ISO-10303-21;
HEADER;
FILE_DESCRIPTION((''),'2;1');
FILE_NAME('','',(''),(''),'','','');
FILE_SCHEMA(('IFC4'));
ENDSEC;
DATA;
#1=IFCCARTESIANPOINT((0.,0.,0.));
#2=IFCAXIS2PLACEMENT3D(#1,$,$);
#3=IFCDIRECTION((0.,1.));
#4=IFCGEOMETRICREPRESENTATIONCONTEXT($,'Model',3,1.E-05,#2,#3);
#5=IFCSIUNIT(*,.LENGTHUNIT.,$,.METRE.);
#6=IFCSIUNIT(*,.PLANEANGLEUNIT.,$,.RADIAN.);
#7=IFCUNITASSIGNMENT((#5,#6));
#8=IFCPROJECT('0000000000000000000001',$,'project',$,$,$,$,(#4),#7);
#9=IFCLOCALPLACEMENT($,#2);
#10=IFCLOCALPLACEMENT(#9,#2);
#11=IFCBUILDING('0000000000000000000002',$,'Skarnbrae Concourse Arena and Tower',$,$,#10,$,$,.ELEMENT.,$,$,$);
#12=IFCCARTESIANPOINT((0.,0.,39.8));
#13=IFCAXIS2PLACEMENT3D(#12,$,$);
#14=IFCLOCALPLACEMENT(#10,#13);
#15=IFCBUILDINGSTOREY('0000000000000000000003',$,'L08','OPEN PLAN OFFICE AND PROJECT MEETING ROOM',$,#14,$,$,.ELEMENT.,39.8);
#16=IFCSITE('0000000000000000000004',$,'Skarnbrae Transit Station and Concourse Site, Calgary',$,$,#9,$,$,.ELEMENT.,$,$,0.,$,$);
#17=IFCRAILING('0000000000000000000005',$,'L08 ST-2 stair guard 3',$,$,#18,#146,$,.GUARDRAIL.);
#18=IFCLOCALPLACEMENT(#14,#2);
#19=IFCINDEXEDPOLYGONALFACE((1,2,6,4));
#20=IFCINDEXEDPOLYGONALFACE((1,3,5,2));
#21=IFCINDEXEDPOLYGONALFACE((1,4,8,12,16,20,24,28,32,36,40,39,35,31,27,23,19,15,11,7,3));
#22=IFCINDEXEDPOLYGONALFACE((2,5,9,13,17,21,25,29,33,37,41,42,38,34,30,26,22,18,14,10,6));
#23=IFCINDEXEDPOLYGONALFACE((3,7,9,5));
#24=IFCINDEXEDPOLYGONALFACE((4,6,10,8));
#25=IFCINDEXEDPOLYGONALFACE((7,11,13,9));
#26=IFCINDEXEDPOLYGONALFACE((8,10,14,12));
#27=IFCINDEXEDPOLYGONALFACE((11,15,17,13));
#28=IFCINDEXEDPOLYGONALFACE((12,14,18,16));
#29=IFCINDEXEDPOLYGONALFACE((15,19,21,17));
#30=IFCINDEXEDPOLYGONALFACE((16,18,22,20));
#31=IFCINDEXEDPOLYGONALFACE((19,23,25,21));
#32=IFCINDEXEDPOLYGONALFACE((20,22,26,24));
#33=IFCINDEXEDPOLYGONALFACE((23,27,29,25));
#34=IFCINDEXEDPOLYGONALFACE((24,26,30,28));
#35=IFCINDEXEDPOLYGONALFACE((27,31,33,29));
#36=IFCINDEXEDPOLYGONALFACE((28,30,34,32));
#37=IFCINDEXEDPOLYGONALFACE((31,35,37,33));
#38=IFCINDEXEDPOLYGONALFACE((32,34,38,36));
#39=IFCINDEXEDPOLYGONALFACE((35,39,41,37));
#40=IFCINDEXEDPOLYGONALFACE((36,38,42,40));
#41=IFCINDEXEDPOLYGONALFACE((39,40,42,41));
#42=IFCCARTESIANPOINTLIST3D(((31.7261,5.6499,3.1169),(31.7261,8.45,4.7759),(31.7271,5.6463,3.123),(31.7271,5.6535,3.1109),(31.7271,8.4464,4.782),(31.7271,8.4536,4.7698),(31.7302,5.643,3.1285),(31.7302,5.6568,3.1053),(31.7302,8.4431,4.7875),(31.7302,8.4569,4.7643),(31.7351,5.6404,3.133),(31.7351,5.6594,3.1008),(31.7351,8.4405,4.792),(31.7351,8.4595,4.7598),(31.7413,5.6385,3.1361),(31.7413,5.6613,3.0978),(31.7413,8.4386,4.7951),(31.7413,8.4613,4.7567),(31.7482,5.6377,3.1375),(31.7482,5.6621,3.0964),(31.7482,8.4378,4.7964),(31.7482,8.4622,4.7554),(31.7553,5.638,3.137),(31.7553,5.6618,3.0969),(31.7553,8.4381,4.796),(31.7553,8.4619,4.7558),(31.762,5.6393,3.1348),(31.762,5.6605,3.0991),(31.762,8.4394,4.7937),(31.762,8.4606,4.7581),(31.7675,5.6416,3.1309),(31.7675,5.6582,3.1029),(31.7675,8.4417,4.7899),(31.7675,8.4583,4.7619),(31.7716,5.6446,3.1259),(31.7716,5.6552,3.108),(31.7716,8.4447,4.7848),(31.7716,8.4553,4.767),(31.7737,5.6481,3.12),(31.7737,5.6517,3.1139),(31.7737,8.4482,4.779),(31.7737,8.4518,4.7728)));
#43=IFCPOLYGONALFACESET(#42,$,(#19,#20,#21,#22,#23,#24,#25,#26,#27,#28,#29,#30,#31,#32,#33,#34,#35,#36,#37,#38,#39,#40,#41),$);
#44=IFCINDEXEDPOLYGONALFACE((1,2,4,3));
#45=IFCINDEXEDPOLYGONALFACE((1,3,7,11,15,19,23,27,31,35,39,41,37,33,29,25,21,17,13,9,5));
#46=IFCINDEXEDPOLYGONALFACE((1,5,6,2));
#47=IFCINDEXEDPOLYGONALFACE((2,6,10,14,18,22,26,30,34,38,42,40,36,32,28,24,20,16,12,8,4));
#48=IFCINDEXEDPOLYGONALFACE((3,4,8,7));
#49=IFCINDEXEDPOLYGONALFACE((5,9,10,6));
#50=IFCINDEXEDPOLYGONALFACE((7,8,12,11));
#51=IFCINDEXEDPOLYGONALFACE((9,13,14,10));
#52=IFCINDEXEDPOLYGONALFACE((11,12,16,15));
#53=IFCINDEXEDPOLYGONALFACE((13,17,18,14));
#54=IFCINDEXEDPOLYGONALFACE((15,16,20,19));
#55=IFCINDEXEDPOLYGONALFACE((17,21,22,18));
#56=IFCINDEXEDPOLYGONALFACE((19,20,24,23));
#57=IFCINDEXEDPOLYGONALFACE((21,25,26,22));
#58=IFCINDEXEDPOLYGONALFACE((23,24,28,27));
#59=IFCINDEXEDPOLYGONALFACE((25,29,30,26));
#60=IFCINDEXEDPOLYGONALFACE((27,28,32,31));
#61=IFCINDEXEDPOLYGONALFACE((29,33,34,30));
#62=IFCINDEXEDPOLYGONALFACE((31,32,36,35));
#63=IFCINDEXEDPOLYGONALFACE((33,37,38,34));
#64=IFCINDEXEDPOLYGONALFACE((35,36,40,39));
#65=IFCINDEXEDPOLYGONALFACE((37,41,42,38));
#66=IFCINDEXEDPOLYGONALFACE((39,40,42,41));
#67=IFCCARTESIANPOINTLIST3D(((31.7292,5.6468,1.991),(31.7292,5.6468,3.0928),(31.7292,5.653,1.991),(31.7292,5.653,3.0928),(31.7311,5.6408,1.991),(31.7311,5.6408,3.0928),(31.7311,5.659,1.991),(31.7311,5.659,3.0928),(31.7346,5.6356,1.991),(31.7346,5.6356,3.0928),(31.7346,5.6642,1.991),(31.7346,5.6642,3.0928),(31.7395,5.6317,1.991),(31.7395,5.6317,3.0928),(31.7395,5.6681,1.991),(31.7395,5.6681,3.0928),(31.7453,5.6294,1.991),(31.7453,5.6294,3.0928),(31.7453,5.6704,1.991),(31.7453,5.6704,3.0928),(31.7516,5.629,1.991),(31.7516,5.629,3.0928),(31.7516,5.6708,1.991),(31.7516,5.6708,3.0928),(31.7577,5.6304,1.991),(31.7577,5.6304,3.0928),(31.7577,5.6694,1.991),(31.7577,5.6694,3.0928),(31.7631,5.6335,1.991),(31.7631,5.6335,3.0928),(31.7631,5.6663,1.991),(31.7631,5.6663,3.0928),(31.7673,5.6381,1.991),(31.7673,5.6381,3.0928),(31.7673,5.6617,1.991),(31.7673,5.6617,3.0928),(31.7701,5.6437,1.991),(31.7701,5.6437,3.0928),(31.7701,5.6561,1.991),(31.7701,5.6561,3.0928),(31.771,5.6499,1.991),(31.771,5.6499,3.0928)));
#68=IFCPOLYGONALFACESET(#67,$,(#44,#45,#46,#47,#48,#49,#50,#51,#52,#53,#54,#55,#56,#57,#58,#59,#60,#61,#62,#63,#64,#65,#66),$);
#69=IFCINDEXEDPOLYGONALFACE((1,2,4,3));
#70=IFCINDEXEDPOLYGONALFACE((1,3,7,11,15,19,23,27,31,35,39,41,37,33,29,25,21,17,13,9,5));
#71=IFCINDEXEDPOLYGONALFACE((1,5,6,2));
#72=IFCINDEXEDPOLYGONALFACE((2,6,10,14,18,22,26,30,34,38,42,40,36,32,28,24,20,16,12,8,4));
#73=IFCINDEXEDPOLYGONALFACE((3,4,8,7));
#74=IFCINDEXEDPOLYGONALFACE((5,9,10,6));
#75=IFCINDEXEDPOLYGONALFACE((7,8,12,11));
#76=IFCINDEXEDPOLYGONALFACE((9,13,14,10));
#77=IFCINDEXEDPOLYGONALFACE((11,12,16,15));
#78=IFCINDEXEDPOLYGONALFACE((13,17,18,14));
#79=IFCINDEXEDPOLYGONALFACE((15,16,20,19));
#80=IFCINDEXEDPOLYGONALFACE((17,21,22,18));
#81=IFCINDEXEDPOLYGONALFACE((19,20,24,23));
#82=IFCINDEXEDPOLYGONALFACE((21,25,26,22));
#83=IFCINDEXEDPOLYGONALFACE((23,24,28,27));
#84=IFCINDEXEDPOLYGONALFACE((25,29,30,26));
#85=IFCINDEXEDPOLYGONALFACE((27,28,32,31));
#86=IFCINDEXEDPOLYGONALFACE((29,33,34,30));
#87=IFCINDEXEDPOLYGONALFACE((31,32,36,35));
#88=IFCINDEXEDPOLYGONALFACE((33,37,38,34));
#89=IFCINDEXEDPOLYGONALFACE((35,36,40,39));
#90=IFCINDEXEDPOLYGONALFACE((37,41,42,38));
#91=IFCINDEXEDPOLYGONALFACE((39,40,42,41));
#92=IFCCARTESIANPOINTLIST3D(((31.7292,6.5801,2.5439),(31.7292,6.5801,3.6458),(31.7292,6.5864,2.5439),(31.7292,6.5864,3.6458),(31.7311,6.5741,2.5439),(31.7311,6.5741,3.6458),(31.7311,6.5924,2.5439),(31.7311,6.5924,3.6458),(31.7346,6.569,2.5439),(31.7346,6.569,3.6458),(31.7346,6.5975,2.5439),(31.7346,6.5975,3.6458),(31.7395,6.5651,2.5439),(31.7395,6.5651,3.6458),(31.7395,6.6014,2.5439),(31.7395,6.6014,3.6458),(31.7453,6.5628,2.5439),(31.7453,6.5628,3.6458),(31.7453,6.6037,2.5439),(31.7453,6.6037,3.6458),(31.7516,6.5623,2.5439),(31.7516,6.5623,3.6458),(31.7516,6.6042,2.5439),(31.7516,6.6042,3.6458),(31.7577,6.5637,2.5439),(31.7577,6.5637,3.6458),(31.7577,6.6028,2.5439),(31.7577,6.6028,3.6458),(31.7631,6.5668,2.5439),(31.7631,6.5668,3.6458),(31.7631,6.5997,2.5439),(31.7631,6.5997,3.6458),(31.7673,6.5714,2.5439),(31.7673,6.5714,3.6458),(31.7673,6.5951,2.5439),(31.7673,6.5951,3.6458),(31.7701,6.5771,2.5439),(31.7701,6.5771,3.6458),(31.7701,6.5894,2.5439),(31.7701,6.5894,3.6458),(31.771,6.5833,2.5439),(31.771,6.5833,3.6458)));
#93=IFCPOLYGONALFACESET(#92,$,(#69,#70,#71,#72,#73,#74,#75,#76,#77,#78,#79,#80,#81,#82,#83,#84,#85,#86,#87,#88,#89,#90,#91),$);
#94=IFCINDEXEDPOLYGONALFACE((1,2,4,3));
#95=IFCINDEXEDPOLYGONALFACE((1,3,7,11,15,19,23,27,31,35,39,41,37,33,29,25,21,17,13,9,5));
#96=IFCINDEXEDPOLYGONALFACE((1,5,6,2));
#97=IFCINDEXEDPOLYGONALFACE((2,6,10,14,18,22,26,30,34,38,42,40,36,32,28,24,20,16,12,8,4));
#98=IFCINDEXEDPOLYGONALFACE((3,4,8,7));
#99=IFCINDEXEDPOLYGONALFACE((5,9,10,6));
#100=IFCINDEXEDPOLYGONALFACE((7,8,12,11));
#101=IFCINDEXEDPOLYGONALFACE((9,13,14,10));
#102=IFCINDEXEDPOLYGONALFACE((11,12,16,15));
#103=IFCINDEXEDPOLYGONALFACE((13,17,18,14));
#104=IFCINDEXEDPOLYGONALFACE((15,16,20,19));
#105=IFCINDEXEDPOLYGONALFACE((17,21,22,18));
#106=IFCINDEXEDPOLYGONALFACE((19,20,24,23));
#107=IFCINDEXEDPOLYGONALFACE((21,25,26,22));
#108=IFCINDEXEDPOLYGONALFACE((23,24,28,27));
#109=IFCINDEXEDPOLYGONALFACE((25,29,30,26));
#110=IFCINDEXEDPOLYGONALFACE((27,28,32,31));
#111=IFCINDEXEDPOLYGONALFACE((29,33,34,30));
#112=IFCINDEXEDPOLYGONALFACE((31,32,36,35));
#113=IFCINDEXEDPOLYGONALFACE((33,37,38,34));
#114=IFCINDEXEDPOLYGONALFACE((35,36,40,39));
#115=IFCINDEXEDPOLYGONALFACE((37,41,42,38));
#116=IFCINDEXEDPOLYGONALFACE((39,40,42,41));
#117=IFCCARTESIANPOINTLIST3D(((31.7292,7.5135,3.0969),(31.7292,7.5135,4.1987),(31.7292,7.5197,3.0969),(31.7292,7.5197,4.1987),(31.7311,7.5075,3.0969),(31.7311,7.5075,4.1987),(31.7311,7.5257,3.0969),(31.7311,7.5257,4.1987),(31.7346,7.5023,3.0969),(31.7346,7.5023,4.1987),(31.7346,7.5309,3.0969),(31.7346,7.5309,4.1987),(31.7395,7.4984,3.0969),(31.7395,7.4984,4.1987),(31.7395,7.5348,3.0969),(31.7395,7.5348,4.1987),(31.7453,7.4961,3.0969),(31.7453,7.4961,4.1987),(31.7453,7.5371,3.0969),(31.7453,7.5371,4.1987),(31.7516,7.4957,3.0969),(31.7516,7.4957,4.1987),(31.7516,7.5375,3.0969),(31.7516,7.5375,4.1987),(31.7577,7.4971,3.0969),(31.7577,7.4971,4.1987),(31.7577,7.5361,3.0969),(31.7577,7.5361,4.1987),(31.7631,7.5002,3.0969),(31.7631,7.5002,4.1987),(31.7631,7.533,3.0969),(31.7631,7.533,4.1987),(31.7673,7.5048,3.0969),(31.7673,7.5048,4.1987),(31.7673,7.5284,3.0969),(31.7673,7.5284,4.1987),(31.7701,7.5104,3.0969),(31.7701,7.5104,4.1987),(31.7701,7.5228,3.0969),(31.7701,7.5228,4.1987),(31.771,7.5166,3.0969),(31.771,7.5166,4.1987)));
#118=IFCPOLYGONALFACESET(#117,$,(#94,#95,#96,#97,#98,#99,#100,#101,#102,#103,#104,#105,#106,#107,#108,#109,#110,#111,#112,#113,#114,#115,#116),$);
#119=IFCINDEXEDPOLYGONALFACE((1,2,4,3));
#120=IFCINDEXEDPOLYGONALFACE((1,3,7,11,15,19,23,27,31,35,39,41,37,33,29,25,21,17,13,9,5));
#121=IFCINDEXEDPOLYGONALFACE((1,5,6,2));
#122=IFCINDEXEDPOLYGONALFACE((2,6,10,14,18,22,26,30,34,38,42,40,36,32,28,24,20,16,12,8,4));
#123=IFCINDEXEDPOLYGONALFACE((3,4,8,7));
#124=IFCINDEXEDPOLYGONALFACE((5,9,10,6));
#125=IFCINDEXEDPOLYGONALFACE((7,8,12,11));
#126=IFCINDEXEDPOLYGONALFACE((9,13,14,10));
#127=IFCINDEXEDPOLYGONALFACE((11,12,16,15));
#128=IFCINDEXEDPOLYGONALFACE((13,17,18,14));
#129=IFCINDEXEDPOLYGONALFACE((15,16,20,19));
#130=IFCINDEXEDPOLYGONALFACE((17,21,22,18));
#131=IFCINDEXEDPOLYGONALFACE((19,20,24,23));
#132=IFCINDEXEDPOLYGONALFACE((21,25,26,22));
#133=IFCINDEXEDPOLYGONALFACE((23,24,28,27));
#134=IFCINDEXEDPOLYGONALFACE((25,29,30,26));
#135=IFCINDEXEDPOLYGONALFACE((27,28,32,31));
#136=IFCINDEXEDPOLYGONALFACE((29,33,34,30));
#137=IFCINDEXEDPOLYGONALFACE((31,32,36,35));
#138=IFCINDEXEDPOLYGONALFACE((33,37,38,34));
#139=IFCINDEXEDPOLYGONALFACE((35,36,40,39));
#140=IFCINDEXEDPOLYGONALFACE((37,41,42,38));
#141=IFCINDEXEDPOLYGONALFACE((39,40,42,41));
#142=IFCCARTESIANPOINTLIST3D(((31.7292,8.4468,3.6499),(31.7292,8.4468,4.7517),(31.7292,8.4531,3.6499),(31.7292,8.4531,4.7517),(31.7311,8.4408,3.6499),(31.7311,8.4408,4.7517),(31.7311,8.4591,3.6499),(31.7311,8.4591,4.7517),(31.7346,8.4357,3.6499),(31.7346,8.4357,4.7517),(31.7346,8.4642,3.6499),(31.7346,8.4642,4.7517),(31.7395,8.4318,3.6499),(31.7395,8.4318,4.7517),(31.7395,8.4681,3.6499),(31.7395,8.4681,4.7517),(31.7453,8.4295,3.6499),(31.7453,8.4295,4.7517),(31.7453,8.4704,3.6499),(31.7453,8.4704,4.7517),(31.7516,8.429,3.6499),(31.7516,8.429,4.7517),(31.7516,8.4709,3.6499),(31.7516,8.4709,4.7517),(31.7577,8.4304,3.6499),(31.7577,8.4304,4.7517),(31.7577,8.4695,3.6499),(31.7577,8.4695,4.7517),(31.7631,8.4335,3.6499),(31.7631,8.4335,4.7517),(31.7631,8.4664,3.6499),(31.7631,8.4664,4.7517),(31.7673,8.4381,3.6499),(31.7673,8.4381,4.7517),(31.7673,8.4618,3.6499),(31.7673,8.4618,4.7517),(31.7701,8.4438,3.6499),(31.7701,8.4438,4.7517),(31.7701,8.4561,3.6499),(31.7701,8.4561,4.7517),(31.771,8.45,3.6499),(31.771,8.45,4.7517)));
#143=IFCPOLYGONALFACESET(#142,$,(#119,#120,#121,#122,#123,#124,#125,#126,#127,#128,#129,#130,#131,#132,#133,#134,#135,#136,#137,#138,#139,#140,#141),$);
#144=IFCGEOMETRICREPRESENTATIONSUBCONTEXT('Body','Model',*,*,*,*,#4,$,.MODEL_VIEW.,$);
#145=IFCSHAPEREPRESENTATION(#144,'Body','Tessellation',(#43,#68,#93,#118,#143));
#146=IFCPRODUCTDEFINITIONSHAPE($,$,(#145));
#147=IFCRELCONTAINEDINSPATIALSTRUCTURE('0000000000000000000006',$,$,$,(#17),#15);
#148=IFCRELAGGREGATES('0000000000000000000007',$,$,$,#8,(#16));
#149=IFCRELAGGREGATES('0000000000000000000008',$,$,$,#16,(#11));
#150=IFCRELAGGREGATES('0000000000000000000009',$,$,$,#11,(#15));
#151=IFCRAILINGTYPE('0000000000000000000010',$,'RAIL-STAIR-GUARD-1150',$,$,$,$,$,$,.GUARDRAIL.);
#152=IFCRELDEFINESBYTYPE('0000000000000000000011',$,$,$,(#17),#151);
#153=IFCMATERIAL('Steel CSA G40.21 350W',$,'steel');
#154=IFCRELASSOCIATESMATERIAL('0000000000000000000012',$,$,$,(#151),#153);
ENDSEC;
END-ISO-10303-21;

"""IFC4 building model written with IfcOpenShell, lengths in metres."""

from ifc_helpers import new_model, si_unit, direction, frame, origin, origin_2d, place, context, subcontext, project, spatial, circle, extrude, material, type_object, element, save


model = new_model("IFC4")

# Units and contexts
model_context = context("Model", 3, precision=1e-05, world=origin(), true_north=direction((0.0, 1.0)))
body_context = subcontext(model_context, "Body", "Model", "MODEL_VIEW")
ifc_project = project(units=[si_unit("LENGTHUNIT", "METRE"), si_unit("PLANEANGLEUNIT", "RADIAN")], contexts=[model_context])

# Site, building, storey
site_placement = place(None, origin())
site = spatial("IfcSite", under=ifc_project, at=site_placement, Name="Skarnbrae Transit Station and Concourse Site, Calgary", CompositionType="ELEMENT", RefElevation=0.0)
building_placement = place(site_placement, origin())
building = spatial("IfcBuilding", under=site, at=building_placement, Name="Skarnbrae Concourse Arena and Tower", CompositionType="ELEMENT")
storey_placement = place(building_placement, frame((0.0, 0.0, 39.8)))
storey = spatial("IfcBuildingStorey", under=building, at=storey_placement, Name="L08", Description="OPEN PLAN OFFICE AND PROJECT MEETING ROOM", CompositionType="ELEMENT", Elevation=39.8)

# Shared definitions
ifc_material_1 = material(Name="Steel CSA G40.21 350W", Category="steel")

# Railing
railing_type_1 = type_object("IfcRailingType", Name="RAIL-STAIR-GUARD-1150", PredefinedType="GUARDRAIL", material=ifc_material_1)
railing_1_placement = place(storey_placement, frame((31.75, 5.6499, 1.991)))
element("IfcRailing", 1, at=railing_1_placement, inside=storey, type_object=railing_type_1, Name="L08 ST-2 stair guard 3", PredefinedType="GUARDRAIL", context=body_context, shape_type="SweptSolid", body=[
    extrude(circle(Radius=0.0239, at=origin_2d()), frame((0.0, 0.0, 1.126), z_axis=(0.0, 0.860339, 0.509722), x_axis=(-1.0, 0.0, 0.0)), (0.0, 0.0, 1.0), 3.2546),
    extrude(circle(Radius=0.021, at=origin_2d()), origin(), (0.0, 0.0, 1.0), 1.1018),
    extrude(circle(Radius=0.021, at=origin_2d()), frame((0.0, 0.9333, 0.553)), (0.0, 0.0, 1.0), 1.1018),
    extrude(circle(Radius=0.021, at=origin_2d()), frame((0.0, 1.8667, 1.106)), (0.0, 0.0, 1.0), 1.1018),
    extrude(circle(Radius=0.021, at=origin_2d()), frame((0.0, 2.8, 1.6589)), (0.0, 0.0, 1.0), 1.1018),
])

save(model, "model.ifc")
